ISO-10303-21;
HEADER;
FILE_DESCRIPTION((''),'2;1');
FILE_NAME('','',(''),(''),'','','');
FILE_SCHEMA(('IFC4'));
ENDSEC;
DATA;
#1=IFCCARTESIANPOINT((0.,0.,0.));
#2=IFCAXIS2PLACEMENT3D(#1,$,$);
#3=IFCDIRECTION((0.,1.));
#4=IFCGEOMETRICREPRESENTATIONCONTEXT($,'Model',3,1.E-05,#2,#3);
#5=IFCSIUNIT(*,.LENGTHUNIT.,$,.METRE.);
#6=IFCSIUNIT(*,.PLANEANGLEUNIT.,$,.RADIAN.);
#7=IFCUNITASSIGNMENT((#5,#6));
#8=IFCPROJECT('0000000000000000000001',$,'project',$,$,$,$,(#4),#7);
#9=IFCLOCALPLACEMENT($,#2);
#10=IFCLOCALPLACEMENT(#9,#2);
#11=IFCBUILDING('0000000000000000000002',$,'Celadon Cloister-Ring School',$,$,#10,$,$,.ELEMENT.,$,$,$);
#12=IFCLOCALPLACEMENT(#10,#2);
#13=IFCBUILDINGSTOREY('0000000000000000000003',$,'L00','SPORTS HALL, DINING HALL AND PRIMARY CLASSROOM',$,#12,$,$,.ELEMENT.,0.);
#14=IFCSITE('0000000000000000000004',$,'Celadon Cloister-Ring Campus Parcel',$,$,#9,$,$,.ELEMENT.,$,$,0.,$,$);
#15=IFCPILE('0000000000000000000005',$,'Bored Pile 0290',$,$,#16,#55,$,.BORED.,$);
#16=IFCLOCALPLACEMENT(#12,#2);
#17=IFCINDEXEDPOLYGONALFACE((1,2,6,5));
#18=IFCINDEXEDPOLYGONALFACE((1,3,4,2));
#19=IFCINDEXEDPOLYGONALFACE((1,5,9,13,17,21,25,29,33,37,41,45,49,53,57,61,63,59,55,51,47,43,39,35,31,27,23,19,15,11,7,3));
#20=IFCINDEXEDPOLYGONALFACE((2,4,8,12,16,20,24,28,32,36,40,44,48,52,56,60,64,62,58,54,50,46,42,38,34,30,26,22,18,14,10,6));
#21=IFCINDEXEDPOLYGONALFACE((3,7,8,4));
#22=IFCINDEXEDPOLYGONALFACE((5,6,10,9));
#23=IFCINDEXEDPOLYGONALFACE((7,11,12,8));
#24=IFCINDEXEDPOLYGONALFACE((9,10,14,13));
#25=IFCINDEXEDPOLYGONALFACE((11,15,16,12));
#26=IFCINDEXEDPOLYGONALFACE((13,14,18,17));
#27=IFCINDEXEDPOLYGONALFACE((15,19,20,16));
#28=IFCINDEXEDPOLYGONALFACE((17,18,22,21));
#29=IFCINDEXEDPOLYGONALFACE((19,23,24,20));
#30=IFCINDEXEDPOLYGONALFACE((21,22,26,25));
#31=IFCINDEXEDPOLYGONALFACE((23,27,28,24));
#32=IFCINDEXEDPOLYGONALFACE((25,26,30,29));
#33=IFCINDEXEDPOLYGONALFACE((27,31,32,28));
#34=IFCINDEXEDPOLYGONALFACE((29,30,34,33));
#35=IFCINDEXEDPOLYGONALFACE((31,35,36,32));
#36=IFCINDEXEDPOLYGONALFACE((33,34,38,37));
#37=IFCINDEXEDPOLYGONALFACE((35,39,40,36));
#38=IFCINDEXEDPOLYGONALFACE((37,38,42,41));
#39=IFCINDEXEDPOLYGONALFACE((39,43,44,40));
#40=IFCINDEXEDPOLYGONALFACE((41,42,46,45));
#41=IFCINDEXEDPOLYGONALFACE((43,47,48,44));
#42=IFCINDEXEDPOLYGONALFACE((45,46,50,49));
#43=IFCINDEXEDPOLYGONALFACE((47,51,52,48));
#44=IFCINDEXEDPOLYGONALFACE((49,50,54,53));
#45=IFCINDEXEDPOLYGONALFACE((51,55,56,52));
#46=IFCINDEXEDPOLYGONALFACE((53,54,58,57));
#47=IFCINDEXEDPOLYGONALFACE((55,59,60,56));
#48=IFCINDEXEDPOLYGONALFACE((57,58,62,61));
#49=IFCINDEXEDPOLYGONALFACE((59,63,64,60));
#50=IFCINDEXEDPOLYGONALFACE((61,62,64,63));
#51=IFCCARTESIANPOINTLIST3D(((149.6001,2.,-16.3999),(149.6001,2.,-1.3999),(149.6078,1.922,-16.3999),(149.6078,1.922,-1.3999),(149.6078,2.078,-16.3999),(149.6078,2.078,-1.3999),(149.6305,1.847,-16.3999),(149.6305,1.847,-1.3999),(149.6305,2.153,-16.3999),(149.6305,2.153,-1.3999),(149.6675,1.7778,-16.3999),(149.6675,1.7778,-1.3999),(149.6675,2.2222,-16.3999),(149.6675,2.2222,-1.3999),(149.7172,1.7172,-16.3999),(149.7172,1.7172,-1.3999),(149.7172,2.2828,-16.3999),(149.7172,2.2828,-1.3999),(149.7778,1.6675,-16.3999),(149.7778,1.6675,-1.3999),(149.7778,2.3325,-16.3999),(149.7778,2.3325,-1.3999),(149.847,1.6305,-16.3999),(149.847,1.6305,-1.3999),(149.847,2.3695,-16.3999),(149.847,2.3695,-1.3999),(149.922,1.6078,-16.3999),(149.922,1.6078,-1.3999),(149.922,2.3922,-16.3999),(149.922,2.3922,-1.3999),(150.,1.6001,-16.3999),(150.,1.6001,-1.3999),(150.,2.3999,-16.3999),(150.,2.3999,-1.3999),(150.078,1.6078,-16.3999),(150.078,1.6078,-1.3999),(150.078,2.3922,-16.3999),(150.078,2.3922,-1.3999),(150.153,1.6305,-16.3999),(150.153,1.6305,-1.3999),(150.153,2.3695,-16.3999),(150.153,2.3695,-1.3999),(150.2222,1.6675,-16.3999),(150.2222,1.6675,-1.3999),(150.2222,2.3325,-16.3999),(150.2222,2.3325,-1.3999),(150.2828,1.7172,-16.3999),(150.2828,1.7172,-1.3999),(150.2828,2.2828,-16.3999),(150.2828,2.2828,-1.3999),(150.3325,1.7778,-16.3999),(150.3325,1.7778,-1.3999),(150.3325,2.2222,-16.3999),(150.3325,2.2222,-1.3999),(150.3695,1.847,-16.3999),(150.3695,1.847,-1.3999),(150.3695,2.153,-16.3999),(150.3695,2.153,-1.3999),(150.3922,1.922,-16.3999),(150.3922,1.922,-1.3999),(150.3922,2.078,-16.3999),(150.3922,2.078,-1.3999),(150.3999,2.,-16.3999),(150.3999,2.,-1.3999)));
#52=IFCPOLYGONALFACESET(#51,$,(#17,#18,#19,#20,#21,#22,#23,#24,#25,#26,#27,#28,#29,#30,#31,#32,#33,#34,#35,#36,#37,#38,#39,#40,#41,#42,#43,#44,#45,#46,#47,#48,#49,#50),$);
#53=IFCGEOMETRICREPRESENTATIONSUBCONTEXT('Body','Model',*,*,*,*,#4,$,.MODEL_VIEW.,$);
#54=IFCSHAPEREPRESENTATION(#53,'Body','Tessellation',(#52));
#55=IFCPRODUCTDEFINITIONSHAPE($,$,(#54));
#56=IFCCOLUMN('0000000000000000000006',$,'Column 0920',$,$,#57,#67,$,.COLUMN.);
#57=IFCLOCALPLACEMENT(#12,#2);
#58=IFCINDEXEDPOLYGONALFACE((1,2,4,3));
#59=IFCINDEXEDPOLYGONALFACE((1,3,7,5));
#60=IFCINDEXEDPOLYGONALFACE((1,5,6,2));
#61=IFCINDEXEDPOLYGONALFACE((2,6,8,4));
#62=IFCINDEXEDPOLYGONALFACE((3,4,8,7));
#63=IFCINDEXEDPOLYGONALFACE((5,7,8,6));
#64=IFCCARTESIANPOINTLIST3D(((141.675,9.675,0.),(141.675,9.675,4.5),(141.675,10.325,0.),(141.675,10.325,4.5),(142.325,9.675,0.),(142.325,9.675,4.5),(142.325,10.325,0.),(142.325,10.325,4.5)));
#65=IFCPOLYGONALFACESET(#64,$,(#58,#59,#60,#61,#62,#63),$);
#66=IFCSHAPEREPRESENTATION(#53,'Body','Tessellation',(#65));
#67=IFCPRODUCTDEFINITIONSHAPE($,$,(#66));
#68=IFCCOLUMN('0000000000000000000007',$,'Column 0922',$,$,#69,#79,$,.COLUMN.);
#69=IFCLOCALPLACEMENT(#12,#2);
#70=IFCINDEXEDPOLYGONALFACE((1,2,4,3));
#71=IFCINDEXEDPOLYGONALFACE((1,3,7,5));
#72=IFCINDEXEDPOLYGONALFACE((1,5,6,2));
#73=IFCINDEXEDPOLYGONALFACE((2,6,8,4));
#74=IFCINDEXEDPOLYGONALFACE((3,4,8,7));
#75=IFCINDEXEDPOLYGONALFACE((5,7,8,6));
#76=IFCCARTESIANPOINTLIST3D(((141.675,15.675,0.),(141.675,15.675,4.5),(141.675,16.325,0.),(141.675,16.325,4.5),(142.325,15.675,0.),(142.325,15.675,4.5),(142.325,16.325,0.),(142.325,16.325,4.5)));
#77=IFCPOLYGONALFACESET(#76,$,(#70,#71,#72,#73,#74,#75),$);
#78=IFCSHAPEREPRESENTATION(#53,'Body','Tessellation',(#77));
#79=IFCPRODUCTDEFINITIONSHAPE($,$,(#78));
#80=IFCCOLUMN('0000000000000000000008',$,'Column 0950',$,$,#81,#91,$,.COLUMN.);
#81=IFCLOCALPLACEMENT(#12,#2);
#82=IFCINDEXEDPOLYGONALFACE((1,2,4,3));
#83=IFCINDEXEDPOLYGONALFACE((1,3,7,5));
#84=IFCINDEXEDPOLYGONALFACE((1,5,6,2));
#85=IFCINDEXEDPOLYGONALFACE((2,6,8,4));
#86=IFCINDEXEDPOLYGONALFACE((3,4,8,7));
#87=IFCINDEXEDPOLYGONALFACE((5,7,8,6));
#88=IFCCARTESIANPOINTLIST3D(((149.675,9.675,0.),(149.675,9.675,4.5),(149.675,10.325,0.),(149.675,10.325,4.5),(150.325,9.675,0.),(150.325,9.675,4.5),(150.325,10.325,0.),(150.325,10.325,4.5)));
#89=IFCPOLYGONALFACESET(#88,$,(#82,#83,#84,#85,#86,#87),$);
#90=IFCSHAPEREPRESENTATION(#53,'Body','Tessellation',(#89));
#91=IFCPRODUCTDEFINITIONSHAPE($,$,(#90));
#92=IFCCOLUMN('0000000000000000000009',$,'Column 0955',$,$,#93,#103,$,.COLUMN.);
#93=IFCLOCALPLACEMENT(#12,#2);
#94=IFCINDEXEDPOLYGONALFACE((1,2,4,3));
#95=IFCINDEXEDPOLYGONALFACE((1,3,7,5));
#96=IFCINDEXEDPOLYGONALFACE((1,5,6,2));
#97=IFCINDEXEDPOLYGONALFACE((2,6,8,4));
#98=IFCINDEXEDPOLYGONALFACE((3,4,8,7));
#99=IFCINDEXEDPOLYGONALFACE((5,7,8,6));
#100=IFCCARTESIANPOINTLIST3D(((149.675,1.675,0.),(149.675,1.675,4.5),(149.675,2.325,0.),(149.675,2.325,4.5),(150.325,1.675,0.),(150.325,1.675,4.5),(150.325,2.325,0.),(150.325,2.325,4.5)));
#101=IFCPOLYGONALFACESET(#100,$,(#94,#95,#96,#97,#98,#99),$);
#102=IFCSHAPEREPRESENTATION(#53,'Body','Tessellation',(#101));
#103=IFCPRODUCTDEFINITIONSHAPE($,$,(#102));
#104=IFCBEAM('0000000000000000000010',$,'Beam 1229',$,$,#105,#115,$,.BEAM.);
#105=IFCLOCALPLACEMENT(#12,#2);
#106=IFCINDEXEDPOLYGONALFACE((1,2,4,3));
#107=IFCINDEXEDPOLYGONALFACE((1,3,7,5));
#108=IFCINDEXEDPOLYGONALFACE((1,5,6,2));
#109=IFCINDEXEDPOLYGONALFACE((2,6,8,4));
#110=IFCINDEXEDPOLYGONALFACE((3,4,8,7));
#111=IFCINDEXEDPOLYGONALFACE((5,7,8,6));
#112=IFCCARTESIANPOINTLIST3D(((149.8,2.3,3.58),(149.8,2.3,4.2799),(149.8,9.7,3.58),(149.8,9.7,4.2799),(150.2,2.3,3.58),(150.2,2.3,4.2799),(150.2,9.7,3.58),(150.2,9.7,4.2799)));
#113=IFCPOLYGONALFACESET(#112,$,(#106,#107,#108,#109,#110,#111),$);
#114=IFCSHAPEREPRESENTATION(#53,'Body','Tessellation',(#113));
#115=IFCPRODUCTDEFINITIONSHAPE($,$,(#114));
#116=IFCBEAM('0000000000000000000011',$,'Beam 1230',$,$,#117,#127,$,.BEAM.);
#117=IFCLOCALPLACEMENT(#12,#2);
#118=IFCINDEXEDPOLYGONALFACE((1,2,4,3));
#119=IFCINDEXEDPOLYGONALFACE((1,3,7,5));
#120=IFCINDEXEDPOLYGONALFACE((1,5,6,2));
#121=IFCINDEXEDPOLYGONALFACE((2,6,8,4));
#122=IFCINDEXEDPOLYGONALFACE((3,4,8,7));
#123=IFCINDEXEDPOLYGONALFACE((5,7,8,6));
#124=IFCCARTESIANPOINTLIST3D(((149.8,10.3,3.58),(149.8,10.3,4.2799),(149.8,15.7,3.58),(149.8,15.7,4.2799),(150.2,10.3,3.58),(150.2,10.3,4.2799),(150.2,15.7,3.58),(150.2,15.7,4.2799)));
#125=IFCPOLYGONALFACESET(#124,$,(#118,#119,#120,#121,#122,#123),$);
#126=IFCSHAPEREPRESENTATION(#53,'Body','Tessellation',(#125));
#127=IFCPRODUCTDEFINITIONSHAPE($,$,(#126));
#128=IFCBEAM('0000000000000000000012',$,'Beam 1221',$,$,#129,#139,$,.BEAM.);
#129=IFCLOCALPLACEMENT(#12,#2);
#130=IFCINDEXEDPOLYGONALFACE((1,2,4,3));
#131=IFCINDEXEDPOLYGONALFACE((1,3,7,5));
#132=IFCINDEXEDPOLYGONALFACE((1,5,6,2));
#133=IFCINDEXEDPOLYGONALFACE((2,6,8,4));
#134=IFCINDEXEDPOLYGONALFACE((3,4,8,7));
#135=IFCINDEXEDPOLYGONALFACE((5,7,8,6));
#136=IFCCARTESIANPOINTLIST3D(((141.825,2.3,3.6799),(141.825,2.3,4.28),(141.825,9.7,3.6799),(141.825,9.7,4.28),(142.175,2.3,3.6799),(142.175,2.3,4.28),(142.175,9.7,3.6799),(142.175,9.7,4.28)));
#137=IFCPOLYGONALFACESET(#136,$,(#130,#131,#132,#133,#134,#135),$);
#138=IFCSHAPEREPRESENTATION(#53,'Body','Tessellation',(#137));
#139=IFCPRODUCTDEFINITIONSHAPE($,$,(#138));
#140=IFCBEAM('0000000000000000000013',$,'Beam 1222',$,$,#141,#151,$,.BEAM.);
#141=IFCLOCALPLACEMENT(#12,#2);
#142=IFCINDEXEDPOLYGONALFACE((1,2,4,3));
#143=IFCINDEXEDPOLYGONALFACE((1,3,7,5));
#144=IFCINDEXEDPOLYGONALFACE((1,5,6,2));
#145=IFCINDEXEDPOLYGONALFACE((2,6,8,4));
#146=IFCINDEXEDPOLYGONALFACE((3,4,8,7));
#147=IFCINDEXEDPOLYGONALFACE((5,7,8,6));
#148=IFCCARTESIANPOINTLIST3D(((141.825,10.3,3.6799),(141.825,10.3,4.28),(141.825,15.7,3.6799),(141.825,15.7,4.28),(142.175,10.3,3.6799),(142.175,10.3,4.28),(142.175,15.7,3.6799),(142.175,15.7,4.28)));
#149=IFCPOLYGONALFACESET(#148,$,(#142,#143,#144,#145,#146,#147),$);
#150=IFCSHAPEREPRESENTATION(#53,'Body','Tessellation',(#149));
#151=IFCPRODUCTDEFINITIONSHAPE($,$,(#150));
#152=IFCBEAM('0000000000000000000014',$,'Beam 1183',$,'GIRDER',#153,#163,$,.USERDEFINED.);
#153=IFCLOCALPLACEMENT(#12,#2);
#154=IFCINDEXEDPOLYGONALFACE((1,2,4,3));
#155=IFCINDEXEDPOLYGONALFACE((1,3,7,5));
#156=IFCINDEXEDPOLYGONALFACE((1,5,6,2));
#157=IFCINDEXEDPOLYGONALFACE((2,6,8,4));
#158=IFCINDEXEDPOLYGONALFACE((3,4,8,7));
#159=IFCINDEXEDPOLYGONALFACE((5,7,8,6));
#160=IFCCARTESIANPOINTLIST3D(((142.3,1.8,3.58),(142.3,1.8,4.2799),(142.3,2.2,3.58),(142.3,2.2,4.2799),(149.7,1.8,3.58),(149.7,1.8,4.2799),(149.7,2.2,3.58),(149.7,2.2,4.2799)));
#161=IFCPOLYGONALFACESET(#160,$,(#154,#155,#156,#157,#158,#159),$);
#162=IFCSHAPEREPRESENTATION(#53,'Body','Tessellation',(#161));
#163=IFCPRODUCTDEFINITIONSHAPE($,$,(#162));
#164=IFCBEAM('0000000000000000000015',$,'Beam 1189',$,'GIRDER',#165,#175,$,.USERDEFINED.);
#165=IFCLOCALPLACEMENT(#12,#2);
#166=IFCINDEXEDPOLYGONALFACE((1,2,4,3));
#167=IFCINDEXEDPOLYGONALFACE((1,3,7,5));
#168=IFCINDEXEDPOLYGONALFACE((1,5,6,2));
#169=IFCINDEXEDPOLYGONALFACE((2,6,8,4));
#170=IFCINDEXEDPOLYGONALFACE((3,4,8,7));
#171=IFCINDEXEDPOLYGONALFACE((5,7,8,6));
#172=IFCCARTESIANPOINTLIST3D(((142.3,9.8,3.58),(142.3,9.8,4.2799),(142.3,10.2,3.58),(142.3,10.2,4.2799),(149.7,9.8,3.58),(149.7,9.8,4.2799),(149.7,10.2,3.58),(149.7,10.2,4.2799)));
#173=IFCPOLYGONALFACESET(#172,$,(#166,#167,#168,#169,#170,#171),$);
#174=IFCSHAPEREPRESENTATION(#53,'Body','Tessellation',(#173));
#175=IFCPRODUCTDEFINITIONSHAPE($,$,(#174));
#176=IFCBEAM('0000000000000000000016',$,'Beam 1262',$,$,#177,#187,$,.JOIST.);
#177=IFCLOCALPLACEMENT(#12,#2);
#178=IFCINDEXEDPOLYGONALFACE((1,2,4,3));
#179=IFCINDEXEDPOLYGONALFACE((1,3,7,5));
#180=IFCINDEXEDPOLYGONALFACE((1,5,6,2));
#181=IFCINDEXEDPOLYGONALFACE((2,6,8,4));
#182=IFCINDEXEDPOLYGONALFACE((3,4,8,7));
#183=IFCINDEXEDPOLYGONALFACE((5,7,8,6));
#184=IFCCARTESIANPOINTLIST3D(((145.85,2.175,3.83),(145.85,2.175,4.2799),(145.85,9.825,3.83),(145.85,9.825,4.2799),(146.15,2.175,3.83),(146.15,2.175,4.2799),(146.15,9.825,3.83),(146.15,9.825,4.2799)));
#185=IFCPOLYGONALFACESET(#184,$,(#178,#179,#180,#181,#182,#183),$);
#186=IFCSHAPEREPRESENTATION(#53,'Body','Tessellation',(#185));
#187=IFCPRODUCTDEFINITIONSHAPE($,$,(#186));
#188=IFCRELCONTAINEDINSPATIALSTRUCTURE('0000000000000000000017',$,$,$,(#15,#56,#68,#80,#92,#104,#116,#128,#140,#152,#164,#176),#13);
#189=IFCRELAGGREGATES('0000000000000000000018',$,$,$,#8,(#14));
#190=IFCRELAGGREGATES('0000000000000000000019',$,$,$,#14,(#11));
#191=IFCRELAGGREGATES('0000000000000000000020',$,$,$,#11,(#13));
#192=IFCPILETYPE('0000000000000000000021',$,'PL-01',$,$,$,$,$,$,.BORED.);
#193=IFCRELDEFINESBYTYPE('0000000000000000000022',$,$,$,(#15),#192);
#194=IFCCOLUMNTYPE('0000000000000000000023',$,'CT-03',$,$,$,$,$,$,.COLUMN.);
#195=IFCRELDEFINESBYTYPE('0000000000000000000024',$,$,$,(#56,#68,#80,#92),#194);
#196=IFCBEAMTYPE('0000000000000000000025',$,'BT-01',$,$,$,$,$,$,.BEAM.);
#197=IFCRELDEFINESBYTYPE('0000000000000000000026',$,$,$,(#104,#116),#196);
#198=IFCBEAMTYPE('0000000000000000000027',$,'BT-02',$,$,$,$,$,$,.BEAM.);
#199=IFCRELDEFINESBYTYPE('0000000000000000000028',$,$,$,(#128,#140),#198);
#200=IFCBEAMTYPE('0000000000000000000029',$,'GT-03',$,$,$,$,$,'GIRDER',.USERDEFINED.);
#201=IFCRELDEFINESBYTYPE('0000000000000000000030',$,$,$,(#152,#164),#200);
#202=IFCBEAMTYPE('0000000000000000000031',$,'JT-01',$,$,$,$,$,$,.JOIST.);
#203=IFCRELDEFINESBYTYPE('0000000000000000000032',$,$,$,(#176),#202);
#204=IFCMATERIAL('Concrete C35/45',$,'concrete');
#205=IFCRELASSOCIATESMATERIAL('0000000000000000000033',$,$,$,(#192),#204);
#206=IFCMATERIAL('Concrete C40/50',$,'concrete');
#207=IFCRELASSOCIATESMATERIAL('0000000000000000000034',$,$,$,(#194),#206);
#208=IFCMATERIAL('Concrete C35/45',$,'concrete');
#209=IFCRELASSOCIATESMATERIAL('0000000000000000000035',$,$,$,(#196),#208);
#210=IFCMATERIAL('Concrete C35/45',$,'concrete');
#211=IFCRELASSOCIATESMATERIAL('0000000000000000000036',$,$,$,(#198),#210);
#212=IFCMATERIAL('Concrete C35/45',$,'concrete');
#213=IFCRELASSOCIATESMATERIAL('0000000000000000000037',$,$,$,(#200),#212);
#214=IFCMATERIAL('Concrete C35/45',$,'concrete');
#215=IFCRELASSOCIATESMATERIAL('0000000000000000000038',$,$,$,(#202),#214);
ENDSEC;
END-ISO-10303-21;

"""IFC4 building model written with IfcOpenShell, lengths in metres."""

from ifc_helpers import new_model, si_unit, direction, frame, origin, origin_2d, place, context, subcontext, project, spatial, rectangle, circle, extrude, material, material_profile, profile_set, type_object, element, save


model = new_model("IFC4")

# Units and contexts
model_context = context("Model", 3, precision=1e-05, world=origin(), true_north=direction((0.0, 1.0)))
body_context = subcontext(model_context, "Body", "Model", "MODEL_VIEW")
ifc_project = project(units=[si_unit("LENGTHUNIT", "METRE"), si_unit("PLANEANGLEUNIT", "RADIAN")], contexts=[model_context])

# Site, building, storey
site_placement = place(None, origin())
site = spatial("IfcSite", under=ifc_project, at=site_placement, Name="Celadon Cloister-Ring Campus Parcel", CompositionType="ELEMENT", RefElevation=0.0)
building_placement = place(site_placement, origin())
building = spatial("IfcBuilding", under=site, at=building_placement, Name="Celadon Cloister-Ring School", CompositionType="ELEMENT")
storey_placement = place(building_placement, origin())
storey = spatial("IfcBuildingStorey", under=building, at=storey_placement, Name="L00", Description="SPORTS HALL, DINING HALL AND PRIMARY CLASSROOM", CompositionType="ELEMENT", Elevation=0.0)

# Pile
ifc_material_1 = material(Name="Concrete C35/45", Category="concrete")
ifc_material_profile_1 = material_profile(ifc_material_1, circle(Radius=0.3999, at=origin_2d()), Name="PILE800")
ifc_profile_set_1 = profile_set([ifc_material_profile_1], Name="Concrete C35/45")
pile_type = type_object("IfcPileType", Name="PL-01", PredefinedType="BORED", material=ifc_profile_set_1)
for number, where, z_axis, x_axis, name in (
    (1, (150.0, 2.0, -1.3999), (0.0, 0.0, -1.0), (1.0, 0.0, 0.0), "Bored Pile 0290"),
):
    element("IfcPile", number, at=place(storey_placement, frame(where, z_axis=z_axis, x_axis=x_axis)), inside=storey, type_object=pile_type, Name=name, PredefinedType="BORED", context=body_context, shape_type="SweptSolid", body=[
        extrude(circle(Radius=0.3999, at=origin_2d()), origin(), (0.0, 0.0, 1.0), 15.0),
    ])

# Columns
ifc_material_2 = material(Name="Concrete C40/50", Category="concrete")
ifc_material_profile_2 = material_profile(ifc_material_2, rectangle(XDim=0.6499, YDim=0.6499, at=origin_2d()), Name="RC650X650")
ifc_profile_set_2 = profile_set([ifc_material_profile_2], Name="Concrete C40/50")
column_type = type_object("IfcColumnType", Name="CT-03", PredefinedType="COLUMN", material=ifc_profile_set_2)
for number, where, z_axis, x_axis, name in (
    (2, (142.0, 10.0, 0.0), (0.0, 0.0, 1.0), (1.0, 0.0, 0.0), "Column 0920"),
    (3, (142.0, 16.0, 0.0), (0.0, 0.0, 1.0), (1.0, 0.0, 0.0), "Column 0922"),
    (4, (150.0, 10.0, 0.0), (0.0, 0.0, 1.0), (1.0, 0.0, 0.0), "Column 0950"),
    (5, (150.0, 2.0, 0.0), (0.0, 0.0, 1.0), (1.0, 0.0, 0.0), "Column 0955"),
):
    element("IfcColumn", number, at=place(storey_placement, frame(where, z_axis=z_axis, x_axis=x_axis)), inside=storey, type_object=column_type, Name=name, PredefinedType="COLUMN", context=body_context, shape_type="SweptSolid", body=[
        extrude(rectangle(XDim=0.6499, YDim=0.6499, at=origin_2d()), origin(), (0.0, 0.0, 1.0), 4.5),
    ])

# Beams
ifc_material_3 = material(Name="Concrete C35/45", Category="concrete")
ifc_material_profile_3 = material_profile(ifc_material_3, rectangle(XDim=0.3999, YDim=0.7, at=origin_2d()), Name="RC400X700")
ifc_profile_set_3 = profile_set([ifc_material_profile_3], Name="Concrete C35/45")
beam_type_1 = type_object("IfcBeamType", Name="BT-01", PredefinedType="BEAM", material=ifc_profile_set_3)
beam_1_placement = place(storey_placement, frame((150.0, 2.3, 3.9299), z_axis=(0.0, 1.0, 0.0), x_axis=(-1.0, 0.0, 0.0)))
element("IfcBeam", 6, at=beam_1_placement, inside=storey, type_object=beam_type_1, Name="Beam 1229", PredefinedType="BEAM", context=body_context, shape_type="SweptSolid", body=[
    extrude(rectangle(XDim=0.3999, YDim=0.7, at=origin_2d()), origin(), (0.0, 0.0, 1.0), 7.3999),
])
beam_2_placement = place(storey_placement, frame((150.0, 10.3, 3.9299), z_axis=(0.0, 1.0, 0.0), x_axis=(-1.0, 0.0, 0.0)))
element("IfcBeam", 7, at=beam_2_placement, inside=storey, type_object=beam_type_1, Name="Beam 1230", PredefinedType="BEAM", context=body_context, shape_type="SweptSolid", body=[
    extrude(rectangle(XDim=0.3999, YDim=0.7, at=origin_2d()), origin(), (0.0, 0.0, 1.0), 5.3999),
])
ifc_material_4 = material(Name="Concrete C35/45", Category="concrete")
ifc_material_profile_4 = material_profile(ifc_material_4, rectangle(XDim=0.3501, YDim=0.6001, at=origin_2d()), Name="RC350X600")
ifc_profile_set_4 = profile_set([ifc_material_profile_4], Name="Concrete C35/45")
beam_type_2 = type_object("IfcBeamType", Name="BT-02", PredefinedType="BEAM", material=ifc_profile_set_4)
beam_3_placement = place(storey_placement, frame((142.0, 2.3, 3.98), z_axis=(0.0, 1.0, 0.0), x_axis=(-1.0, 0.0, 0.0)))
element("IfcBeam", 8, at=beam_3_placement, inside=storey, type_object=beam_type_2, Name="Beam 1221", PredefinedType="BEAM", context=body_context, shape_type="SweptSolid", body=[
    extrude(rectangle(XDim=0.3501, YDim=0.6001, at=origin_2d()), origin(), (0.0, 0.0, 1.0), 7.3999),
])
beam_4_placement = place(storey_placement, frame((142.0, 10.3, 3.98), z_axis=(0.0, 1.0, 0.0), x_axis=(-1.0, 0.0, 0.0)))
element("IfcBeam", 9, at=beam_4_placement, inside=storey, type_object=beam_type_2, Name="Beam 1222", PredefinedType="BEAM", context=body_context, shape_type="SweptSolid", body=[
    extrude(rectangle(XDim=0.3501, YDim=0.6001, at=origin_2d()), origin(), (0.0, 0.0, 1.0), 5.3999),
])
ifc_material_5 = material(Name="Concrete C35/45", Category="concrete")
ifc_material_profile_5 = material_profile(ifc_material_5, rectangle(XDim=0.3999, YDim=0.7, at=origin_2d()), Name="RC400X700")
ifc_profile_set_5 = profile_set([ifc_material_profile_5], Name="Concrete C35/45")
beam_type_3 = type_object("IfcBeamType", Name="GT-03", ElementType="GIRDER", PredefinedType="USERDEFINED", material=ifc_profile_set_5)
for number, where, z_axis, x_axis, name in (
    (10, (142.3, 2.0, 3.9299), (1.0, 0.0, 0.0), (0.0, 1.0, 0.0), "Beam 1183"),
    (11, (142.3, 10.0, 3.9299), (1.0, 0.0, 0.0), (0.0, 1.0, 0.0), "Beam 1189"),
):
    element("IfcBeam", number, at=place(storey_placement, frame(where, z_axis=z_axis, x_axis=x_axis)), inside=storey, type_object=beam_type_3, Name=name, ObjectType="GIRDER", PredefinedType="USERDEFINED", context=body_context, shape_type="SweptSolid", body=[
        extrude(rectangle(XDim=0.3999, YDim=0.7, at=origin_2d()), origin(), (0.0, 0.0, 1.0), 7.3999),
    ])
ifc_material_6 = material(Name="Concrete C35/45", Category="concrete")
ifc_material_profile_6 = material_profile(ifc_material_6, rectangle(XDim=0.3, YDim=0.45, at=origin_2d()), Name="RC300X450")
ifc_profile_set_6 = profile_set([ifc_material_profile_6], Name="Concrete C35/45")
beam_type_4 = type_object("IfcBeamType", Name="JT-01", PredefinedType="JOIST", material=ifc_profile_set_6)
beam_5_placement = place(storey_placement, frame((146.0, 2.175, 4.0549), z_axis=(0.0, 1.0, 0.0), x_axis=(-1.0, 0.0, 0.0)))
element("IfcBeam", 12, at=beam_5_placement, inside=storey, type_object=beam_type_4, Name="Beam 1262", PredefinedType="JOIST", context=body_context, shape_type="SweptSolid", body=[
    extrude(rectangle(XDim=0.3, YDim=0.45, at=origin_2d()), origin(), (0.0, 0.0, 1.0), 7.6499),
])

save(model, "model.ifc")
